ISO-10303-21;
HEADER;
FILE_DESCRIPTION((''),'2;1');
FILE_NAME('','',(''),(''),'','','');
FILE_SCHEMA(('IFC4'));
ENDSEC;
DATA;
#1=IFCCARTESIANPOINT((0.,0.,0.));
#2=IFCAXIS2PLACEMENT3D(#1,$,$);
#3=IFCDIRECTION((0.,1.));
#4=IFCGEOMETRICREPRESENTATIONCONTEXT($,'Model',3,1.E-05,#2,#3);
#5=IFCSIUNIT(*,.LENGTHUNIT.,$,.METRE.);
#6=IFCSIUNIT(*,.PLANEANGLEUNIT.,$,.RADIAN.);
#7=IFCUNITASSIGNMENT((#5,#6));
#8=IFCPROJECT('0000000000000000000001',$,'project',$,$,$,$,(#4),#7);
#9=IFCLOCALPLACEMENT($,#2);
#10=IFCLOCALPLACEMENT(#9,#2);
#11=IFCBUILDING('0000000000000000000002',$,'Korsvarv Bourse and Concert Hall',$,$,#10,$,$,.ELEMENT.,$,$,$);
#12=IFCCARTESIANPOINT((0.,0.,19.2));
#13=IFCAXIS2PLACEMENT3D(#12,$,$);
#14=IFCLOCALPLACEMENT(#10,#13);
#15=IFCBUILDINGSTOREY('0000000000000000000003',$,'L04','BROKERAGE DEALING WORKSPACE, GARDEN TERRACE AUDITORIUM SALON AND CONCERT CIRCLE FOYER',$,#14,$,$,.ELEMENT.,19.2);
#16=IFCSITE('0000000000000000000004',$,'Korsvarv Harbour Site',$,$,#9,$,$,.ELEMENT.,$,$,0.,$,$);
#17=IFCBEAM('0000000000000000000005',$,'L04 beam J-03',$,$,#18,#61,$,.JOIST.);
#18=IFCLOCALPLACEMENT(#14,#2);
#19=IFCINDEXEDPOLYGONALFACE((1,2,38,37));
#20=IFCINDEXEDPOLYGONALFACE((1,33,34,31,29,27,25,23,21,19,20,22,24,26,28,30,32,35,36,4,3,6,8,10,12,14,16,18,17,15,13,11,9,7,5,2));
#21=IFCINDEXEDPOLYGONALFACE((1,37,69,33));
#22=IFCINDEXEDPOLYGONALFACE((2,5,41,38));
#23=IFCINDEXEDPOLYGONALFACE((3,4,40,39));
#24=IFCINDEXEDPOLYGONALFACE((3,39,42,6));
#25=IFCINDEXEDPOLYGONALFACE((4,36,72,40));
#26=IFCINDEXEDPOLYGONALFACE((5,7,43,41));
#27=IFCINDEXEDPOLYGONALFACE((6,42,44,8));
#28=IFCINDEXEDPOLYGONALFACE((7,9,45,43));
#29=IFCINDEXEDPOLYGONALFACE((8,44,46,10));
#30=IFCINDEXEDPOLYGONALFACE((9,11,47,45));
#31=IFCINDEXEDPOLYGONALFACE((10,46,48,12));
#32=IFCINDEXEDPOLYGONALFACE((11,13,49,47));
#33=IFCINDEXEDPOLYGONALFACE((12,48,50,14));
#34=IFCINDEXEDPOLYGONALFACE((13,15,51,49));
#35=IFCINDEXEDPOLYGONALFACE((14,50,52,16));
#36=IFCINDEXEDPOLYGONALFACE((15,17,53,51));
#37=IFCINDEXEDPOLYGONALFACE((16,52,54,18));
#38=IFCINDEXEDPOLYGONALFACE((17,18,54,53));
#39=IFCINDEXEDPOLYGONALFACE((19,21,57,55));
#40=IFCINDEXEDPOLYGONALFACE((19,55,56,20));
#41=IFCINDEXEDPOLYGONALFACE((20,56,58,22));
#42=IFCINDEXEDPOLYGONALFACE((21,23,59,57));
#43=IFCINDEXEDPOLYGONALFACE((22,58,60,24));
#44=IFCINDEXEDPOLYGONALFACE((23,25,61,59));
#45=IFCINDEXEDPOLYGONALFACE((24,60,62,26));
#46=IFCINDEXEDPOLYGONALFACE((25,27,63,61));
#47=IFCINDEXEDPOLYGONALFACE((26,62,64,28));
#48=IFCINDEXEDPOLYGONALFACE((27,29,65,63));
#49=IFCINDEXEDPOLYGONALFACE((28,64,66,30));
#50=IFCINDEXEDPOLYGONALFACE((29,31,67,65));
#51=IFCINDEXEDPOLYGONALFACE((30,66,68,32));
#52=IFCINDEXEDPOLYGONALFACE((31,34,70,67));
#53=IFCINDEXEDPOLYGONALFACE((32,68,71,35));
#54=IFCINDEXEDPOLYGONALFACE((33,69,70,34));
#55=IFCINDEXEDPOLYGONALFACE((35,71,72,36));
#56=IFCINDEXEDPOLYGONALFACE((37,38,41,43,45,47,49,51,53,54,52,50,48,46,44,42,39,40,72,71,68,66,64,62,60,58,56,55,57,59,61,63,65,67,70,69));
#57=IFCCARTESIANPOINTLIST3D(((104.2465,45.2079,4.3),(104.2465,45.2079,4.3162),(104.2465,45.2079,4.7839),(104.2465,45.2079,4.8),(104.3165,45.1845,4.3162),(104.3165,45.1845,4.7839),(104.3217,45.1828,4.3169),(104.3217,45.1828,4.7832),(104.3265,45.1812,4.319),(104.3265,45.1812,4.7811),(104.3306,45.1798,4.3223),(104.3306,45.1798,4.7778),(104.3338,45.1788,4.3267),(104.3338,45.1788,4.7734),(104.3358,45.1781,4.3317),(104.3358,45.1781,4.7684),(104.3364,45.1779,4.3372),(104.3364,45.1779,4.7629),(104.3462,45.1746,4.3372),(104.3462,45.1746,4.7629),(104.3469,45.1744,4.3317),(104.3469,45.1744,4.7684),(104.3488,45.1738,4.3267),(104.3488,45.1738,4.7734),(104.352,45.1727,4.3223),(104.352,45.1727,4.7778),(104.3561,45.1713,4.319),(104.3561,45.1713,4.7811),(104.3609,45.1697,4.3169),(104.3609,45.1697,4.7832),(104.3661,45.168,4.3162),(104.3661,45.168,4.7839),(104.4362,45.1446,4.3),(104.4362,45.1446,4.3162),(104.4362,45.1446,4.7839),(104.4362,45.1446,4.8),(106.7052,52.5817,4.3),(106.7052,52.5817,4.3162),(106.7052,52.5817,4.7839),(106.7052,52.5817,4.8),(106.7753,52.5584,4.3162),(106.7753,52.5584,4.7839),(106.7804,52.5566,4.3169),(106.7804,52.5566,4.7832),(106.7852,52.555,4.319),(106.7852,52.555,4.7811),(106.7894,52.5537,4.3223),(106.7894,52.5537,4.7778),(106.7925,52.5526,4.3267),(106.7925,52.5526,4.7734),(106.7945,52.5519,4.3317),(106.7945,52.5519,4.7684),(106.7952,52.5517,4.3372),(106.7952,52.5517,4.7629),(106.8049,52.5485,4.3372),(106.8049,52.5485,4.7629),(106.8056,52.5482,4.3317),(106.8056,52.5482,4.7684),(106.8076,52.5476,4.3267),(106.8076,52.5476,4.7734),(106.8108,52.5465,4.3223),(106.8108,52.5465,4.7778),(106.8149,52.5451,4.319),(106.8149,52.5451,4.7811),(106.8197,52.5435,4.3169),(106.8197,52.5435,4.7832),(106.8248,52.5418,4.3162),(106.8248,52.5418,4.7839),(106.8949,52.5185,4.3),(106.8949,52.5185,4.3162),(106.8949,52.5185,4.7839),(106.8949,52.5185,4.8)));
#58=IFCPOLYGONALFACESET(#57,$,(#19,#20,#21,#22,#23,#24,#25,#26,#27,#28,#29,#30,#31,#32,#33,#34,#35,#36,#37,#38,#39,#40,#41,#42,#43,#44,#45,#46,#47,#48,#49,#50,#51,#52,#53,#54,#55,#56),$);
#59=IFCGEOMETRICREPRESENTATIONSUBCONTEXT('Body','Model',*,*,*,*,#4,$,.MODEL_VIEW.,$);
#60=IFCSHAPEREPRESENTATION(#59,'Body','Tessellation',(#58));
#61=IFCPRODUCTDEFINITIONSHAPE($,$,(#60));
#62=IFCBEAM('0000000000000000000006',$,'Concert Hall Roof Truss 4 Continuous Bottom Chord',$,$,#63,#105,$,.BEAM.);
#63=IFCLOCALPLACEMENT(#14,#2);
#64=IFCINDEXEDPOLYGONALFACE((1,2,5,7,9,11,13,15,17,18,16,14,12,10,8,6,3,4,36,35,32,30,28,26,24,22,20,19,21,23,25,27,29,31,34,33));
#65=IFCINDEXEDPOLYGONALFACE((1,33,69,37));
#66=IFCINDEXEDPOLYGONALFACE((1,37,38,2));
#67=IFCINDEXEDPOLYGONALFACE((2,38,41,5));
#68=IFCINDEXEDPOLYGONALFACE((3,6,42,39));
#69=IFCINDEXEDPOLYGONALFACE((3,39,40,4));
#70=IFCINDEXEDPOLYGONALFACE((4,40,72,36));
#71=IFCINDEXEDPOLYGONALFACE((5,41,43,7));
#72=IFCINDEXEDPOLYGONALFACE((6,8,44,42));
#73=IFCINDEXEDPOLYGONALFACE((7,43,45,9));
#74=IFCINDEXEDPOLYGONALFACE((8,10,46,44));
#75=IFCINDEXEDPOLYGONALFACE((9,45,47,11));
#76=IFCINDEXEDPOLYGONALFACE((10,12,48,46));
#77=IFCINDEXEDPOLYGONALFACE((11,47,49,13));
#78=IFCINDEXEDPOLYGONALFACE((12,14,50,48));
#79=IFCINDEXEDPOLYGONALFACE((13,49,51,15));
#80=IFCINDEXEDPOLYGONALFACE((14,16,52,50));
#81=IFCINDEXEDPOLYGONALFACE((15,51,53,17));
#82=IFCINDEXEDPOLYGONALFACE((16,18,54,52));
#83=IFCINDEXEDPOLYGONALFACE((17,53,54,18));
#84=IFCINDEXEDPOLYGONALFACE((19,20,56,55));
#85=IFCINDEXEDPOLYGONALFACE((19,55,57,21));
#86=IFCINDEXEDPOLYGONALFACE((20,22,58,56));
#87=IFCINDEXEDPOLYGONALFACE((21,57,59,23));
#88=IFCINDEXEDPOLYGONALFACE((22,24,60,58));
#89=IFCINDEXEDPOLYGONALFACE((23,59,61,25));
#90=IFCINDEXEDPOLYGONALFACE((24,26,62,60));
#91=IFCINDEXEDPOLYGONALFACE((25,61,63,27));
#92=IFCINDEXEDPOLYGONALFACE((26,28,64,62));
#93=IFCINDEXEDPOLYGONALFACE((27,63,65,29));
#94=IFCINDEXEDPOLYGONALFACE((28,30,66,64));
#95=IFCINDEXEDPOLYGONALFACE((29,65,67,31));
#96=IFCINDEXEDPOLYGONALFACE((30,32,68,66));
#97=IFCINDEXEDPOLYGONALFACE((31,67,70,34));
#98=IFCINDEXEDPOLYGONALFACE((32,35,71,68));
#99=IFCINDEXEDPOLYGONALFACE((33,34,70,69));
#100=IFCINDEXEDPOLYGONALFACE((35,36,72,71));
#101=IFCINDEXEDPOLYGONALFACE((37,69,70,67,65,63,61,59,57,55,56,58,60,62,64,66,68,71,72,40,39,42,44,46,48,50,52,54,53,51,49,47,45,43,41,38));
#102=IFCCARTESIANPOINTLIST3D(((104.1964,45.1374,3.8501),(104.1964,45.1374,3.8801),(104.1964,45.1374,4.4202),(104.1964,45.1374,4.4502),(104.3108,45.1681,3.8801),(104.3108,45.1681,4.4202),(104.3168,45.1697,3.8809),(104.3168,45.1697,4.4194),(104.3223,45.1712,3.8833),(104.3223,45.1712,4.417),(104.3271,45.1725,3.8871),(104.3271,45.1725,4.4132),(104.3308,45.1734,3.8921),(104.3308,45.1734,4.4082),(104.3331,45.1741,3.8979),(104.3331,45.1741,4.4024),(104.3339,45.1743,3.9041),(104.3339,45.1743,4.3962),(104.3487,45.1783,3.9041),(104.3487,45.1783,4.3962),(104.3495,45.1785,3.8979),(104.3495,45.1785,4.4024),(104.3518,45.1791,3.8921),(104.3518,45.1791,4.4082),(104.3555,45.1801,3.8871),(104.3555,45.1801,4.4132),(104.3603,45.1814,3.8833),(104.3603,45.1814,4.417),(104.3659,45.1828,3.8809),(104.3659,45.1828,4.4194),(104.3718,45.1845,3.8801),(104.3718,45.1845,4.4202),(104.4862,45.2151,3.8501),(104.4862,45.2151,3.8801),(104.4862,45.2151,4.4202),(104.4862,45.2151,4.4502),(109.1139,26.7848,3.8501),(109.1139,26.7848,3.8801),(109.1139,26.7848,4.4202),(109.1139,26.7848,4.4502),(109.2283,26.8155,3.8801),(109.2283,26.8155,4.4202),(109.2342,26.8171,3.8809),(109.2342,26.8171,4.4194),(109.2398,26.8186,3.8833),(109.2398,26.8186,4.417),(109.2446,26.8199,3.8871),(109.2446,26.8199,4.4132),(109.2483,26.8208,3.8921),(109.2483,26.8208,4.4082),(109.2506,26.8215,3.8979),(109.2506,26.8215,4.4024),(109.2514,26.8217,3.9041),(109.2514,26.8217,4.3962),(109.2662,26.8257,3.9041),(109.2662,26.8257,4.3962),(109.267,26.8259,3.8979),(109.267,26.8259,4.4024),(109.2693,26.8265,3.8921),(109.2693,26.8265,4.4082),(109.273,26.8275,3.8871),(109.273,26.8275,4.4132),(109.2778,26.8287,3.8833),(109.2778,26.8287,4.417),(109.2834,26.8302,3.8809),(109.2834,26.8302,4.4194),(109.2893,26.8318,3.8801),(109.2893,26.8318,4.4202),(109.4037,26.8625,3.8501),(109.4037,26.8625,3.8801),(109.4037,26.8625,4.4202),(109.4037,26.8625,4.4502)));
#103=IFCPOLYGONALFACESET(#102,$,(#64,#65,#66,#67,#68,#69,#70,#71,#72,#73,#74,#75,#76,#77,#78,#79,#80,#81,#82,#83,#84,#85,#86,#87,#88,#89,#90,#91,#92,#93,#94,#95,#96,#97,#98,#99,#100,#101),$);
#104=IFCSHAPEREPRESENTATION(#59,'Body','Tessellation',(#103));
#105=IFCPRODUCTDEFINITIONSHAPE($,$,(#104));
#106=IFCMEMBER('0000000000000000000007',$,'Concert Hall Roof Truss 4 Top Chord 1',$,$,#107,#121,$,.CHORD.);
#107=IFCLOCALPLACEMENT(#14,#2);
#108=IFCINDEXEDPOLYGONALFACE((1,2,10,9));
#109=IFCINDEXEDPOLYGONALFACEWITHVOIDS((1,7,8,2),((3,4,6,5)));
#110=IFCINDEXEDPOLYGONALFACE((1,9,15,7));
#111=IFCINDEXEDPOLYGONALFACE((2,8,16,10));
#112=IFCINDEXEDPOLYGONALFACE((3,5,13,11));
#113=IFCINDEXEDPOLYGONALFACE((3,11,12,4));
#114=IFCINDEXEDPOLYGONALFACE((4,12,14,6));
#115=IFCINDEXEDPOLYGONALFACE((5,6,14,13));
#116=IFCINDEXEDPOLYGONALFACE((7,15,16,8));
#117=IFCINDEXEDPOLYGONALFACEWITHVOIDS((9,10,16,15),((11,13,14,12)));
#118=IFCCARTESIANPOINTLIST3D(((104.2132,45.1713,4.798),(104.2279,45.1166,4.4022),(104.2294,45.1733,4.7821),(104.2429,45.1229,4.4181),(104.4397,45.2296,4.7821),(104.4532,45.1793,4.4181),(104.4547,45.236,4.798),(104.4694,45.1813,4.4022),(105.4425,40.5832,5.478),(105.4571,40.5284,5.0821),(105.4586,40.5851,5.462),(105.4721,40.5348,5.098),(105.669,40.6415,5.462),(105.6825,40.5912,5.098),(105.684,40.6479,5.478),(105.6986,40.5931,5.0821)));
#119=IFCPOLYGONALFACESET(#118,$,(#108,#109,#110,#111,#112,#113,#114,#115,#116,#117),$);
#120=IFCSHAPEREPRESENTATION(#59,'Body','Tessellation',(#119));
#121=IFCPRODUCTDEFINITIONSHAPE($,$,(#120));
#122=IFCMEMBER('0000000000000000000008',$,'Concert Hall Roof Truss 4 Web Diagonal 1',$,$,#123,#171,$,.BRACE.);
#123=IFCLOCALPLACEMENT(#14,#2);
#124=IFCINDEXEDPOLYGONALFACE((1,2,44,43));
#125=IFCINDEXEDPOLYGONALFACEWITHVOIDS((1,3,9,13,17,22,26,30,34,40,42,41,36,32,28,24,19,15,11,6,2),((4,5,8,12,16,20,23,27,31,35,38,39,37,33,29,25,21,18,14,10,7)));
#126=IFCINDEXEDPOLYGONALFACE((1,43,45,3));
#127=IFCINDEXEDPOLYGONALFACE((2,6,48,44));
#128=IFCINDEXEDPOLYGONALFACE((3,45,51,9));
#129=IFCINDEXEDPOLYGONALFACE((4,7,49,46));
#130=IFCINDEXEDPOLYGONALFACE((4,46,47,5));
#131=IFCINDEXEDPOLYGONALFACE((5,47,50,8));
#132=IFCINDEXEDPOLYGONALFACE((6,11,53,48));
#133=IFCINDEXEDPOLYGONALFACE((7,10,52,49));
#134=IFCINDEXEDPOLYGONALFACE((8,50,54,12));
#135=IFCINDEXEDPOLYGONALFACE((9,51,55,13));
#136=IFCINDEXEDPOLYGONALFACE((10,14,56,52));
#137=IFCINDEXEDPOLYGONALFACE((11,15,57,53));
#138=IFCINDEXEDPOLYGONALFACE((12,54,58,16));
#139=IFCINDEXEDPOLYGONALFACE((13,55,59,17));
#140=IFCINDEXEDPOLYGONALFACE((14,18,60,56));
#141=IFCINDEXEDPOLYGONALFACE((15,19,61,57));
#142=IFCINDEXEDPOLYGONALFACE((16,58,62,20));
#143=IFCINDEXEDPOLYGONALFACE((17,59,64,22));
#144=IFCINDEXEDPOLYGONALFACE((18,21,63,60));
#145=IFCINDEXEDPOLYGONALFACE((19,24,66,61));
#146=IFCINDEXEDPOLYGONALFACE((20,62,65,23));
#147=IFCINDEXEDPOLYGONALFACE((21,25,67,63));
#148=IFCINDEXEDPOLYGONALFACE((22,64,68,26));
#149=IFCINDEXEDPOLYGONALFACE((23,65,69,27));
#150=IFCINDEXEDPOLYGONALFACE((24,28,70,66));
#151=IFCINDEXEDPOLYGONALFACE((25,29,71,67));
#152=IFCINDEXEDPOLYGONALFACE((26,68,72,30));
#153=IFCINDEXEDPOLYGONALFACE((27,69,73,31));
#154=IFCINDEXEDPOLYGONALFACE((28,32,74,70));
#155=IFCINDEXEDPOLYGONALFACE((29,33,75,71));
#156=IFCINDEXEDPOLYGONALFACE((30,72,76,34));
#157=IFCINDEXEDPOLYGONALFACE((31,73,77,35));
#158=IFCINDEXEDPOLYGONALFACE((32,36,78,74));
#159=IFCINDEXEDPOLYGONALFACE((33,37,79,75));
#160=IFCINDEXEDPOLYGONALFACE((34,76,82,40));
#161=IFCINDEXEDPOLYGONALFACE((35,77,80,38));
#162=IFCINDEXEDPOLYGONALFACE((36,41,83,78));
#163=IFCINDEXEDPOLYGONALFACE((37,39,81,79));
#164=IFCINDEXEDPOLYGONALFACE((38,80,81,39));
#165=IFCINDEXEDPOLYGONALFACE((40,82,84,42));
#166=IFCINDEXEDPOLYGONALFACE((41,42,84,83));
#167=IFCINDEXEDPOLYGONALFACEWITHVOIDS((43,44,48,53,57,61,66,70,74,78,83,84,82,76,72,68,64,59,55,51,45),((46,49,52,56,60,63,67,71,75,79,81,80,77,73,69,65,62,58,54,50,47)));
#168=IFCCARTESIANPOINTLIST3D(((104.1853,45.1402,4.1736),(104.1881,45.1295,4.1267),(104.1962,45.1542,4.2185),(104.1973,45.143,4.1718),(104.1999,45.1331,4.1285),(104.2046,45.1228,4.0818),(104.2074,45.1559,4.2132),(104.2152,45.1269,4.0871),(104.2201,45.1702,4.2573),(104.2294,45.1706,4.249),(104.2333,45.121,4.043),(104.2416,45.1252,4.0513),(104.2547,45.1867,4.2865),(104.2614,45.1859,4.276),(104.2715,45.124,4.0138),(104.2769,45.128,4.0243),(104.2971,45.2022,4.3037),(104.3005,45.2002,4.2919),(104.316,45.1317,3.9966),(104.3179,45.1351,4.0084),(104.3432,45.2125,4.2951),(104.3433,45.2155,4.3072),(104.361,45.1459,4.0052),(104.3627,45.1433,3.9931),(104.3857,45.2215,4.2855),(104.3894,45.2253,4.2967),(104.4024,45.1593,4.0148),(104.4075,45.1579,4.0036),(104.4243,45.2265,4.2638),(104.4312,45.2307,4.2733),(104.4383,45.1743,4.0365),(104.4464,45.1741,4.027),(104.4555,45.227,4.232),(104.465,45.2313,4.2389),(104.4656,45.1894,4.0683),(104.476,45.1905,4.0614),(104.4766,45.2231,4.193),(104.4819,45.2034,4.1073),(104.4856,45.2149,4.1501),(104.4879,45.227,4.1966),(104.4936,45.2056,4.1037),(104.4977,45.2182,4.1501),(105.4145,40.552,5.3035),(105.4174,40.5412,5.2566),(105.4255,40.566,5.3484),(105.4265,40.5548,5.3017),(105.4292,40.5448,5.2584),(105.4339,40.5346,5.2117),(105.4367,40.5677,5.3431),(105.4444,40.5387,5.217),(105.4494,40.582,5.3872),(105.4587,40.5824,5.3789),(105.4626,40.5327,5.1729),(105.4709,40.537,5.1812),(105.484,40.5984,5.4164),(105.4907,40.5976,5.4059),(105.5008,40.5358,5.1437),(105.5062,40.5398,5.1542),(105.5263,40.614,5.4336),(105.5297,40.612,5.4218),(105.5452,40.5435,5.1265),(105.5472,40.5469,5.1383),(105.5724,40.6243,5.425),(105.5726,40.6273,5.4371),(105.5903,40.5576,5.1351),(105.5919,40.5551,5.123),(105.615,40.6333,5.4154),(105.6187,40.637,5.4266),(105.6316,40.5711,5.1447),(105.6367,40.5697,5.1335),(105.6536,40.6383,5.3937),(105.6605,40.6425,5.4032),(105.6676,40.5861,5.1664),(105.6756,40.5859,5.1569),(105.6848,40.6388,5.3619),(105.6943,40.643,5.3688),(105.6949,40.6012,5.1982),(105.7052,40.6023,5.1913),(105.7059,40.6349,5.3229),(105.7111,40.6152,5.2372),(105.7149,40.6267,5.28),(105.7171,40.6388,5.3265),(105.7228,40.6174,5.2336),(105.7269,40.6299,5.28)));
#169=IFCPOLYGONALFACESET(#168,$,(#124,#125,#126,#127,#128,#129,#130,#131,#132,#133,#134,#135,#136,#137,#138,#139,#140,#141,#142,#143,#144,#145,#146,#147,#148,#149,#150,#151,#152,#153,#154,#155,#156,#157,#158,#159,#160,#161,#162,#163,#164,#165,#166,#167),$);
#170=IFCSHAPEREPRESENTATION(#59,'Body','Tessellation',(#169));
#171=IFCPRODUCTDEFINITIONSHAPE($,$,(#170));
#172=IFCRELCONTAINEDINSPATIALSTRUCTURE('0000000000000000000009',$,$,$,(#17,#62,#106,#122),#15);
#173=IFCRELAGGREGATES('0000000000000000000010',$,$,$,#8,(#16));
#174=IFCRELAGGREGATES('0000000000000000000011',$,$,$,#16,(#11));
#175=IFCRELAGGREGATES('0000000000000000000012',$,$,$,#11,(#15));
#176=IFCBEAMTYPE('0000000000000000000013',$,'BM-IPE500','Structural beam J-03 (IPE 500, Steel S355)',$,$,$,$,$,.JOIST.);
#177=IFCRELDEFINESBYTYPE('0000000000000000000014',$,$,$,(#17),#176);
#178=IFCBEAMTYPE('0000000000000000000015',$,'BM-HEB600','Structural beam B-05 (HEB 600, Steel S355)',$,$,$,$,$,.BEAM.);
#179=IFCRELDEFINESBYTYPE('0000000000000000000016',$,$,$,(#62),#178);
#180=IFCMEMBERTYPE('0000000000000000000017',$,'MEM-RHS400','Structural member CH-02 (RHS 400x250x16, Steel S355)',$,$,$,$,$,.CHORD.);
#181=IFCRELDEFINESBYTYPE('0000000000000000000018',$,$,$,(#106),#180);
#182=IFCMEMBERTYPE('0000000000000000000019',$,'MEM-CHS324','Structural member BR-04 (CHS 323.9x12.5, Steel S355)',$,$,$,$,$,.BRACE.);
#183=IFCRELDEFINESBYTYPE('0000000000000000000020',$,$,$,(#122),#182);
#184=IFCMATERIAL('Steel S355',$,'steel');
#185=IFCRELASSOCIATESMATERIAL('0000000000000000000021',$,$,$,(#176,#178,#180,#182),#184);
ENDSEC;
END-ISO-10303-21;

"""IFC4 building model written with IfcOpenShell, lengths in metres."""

from ifc_helpers import new_model, si_unit, direction, frame, origin, origin_2d, place, context, subcontext, project, spatial, hollow_rectangle, hollow_circle, i_section, extrude, source, transform, mapped, material, material_profile, profile_set, type_object, element, save


model = new_model("IFC4")

# Units and contexts
model_context = context("Model", 3, precision=1e-05, world=origin(), true_north=direction((0.0, 1.0)))
body_context = subcontext(model_context, "Body", "Model", "MODEL_VIEW")
ifc_project = project(units=[si_unit("LENGTHUNIT", "METRE"), si_unit("PLANEANGLEUNIT", "RADIAN")], contexts=[model_context])

# Site, building, storey
site_placement = place(None, origin())
site = spatial("IfcSite", under=ifc_project, at=site_placement, Name="Korsvarv Harbour Site", CompositionType="ELEMENT", RefElevation=0.0)
building_placement = place(site_placement, origin())
building = spatial("IfcBuilding", under=site, at=building_placement, Name="Korsvarv Bourse and Concert Hall", CompositionType="ELEMENT")
storey_placement = place(building_placement, frame((0.0, 0.0, 19.2)))
storey = spatial("IfcBuildingStorey", under=building, at=storey_placement, Name="L04", Description="BROKERAGE DEALING WORKSPACE, GARDEN TERRACE AUDITORIUM SALON AND CONCERT CIRCLE FOYER", CompositionType="ELEMENT", Elevation=19.2)

# Beams
ifc_material_1 = material(Name="Steel S355", Category="steel")
ifc_material_profile_1 = material_profile(ifc_material_1, i_section(OverallWidth=0.2, OverallDepth=0.5, WebThickness=0.0103, FlangeThickness=0.0161, FilletRadius=0.021, at=origin_2d()), Name="IPE 500")
ifc_profile_set_1 = profile_set([ifc_material_profile_1], Name="Steel S355")
beam_type_1 = type_object("IfcBeamType", Name="BM-IPE500", Description="Structural beam J-03 (IPE 500, Steel S355)", PredefinedType="JOIST", material=ifc_profile_set_1)
shared_shape_1 = source(origin(), body_context, "Body", "SweptSolid", [
    extrude(i_section(OverallWidth=0.2, OverallDepth=0.5, WebThickness=0.0103, FlangeThickness=0.0161, FilletRadius=0.021, at=origin_2d()), origin(), (0.0, 0.0, 1.0), 7.7729),
])
beam_1_placement = place(storey_placement, frame((104.3413, 45.1763, 4.55), z_axis=(0.316322, 0.948652, 0.0), x_axis=(-0.948652, 0.316322, 0.0)))
element("IfcBeam", 1, at=beam_1_placement, inside=storey, type_object=beam_type_1, Name="L04 beam J-03", PredefinedType="JOIST", context=body_context, shape_type="MappedRepresentation", body=[
    mapped(shared_shape_1, transform((0.0, 0.0, 0.0), scale=1.0)),
])
ifc_material_profile_2 = material_profile(ifc_material_1, i_section(OverallWidth=0.3, OverallDepth=0.6001, WebThickness=0.0154, FlangeThickness=0.03, FilletRadius=0.0239, at=origin_2d()), Name="HEB 600")
ifc_profile_set_2 = profile_set([ifc_material_profile_2], Name="Steel S355")
beam_type_2 = type_object("IfcBeamType", Name="BM-HEB600", Description="Structural beam B-05 (HEB 600, Steel S355)", PredefinedType="BEAM", material=ifc_profile_set_2)
shared_shape_2 = source(origin(), body_context, "Body", "SweptSolid", [
    extrude(i_section(OverallWidth=0.3, OverallDepth=0.6001, WebThickness=0.0154, FlangeThickness=0.03, FilletRadius=0.0239, at=origin_2d()), origin(), (0.0, 0.0, 1.0), 19.0),
])
beam_2_placement = place(storey_placement, frame((104.3413, 45.1763, 4.1501), z_axis=(0.258816, -0.965927, 0.0), x_axis=(0.965927, 0.258816, 0.0)))
element("IfcBeam", 2, at=beam_2_placement, inside=storey, type_object=beam_type_2, Name="Concert Hall Roof Truss 4 Continuous Bottom Chord", PredefinedType="BEAM", context=body_context, shape_type="MappedRepresentation", body=[
    mapped(shared_shape_2, transform((0.0, 0.0, 0.0), scale=1.0)),
])

# Members
ifc_material_profile_3 = material_profile(ifc_material_1, hollow_rectangle(XDim=0.25, YDim=0.3999, WallThickness=0.0161, at=origin_2d()), Name="RHS 400x250x16")
ifc_profile_set_3 = profile_set([ifc_material_profile_3], Name="Steel S355")
member_type_1 = type_object("IfcMemberType", Name="MEM-RHS400", Description="Structural member CH-02 (RHS 400x250x16, Steel S355)", PredefinedType="CHORD", material=ifc_profile_set_3)
shared_shape_3 = source(origin(), body_context, "Body", "SweptSolid", [
    extrude(hollow_rectangle(XDim=0.25, YDim=0.3999, WallThickness=0.0161, at=origin_2d()), origin(), (0.0, 0.0, 1.0), 4.7983),
])
member_1_placement = place(storey_placement, frame((104.3413, 45.1763, 4.6001), z_axis=(0.25618, -0.956186, 0.141701), x_axis=(0.965933, 0.258792, 0.0)))
element("IfcMember", 3, at=member_1_placement, inside=storey, type_object=member_type_1, Name="Concert Hall Roof Truss 4 Top Chord 1", PredefinedType="CHORD", context=body_context, shape_type="MappedRepresentation", body=[
    mapped(shared_shape_3, transform((0.0, 0.0, 0.0), scale=1.0)),
])
ifc_material_profile_4 = material_profile(ifc_material_1, hollow_circle(Radius=0.1619, WallThickness=0.0125, at=origin_2d()), Name="CHS 323.9x12.5")
ifc_profile_set_4 = profile_set([ifc_material_profile_4], Name="Steel S355")
member_type_2 = type_object("IfcMemberType", Name="MEM-CHS324", Description="Structural member BR-04 (CHS 323.9x12.5, Steel S355)", PredefinedType="BRACE", material=ifc_profile_set_4)
shared_shape_4 = source(origin(), body_context, "Body", "SweptSolid", [
    extrude(hollow_circle(Radius=0.1619, WallThickness=0.0125, at=origin_2d()), origin(), (0.0, 0.0, 1.0), 4.8826),
])
member_2_placement = place(storey_placement, frame((104.3413, 45.1763, 4.1501), z_axis=(0.251767, -0.939713, 0.231415), x_axis=(0.965933, 0.258792, 0.0)))
element("IfcMember", 4, at=member_2_placement, inside=storey, type_object=member_type_2, Name="Concert Hall Roof Truss 4 Web Diagonal 1", PredefinedType="BRACE", context=body_context, shape_type="MappedRepresentation", body=[
    mapped(shared_shape_4, transform((0.0, 0.0, 0.0), scale=1.0)),
])

save(model, "model.ifc")
